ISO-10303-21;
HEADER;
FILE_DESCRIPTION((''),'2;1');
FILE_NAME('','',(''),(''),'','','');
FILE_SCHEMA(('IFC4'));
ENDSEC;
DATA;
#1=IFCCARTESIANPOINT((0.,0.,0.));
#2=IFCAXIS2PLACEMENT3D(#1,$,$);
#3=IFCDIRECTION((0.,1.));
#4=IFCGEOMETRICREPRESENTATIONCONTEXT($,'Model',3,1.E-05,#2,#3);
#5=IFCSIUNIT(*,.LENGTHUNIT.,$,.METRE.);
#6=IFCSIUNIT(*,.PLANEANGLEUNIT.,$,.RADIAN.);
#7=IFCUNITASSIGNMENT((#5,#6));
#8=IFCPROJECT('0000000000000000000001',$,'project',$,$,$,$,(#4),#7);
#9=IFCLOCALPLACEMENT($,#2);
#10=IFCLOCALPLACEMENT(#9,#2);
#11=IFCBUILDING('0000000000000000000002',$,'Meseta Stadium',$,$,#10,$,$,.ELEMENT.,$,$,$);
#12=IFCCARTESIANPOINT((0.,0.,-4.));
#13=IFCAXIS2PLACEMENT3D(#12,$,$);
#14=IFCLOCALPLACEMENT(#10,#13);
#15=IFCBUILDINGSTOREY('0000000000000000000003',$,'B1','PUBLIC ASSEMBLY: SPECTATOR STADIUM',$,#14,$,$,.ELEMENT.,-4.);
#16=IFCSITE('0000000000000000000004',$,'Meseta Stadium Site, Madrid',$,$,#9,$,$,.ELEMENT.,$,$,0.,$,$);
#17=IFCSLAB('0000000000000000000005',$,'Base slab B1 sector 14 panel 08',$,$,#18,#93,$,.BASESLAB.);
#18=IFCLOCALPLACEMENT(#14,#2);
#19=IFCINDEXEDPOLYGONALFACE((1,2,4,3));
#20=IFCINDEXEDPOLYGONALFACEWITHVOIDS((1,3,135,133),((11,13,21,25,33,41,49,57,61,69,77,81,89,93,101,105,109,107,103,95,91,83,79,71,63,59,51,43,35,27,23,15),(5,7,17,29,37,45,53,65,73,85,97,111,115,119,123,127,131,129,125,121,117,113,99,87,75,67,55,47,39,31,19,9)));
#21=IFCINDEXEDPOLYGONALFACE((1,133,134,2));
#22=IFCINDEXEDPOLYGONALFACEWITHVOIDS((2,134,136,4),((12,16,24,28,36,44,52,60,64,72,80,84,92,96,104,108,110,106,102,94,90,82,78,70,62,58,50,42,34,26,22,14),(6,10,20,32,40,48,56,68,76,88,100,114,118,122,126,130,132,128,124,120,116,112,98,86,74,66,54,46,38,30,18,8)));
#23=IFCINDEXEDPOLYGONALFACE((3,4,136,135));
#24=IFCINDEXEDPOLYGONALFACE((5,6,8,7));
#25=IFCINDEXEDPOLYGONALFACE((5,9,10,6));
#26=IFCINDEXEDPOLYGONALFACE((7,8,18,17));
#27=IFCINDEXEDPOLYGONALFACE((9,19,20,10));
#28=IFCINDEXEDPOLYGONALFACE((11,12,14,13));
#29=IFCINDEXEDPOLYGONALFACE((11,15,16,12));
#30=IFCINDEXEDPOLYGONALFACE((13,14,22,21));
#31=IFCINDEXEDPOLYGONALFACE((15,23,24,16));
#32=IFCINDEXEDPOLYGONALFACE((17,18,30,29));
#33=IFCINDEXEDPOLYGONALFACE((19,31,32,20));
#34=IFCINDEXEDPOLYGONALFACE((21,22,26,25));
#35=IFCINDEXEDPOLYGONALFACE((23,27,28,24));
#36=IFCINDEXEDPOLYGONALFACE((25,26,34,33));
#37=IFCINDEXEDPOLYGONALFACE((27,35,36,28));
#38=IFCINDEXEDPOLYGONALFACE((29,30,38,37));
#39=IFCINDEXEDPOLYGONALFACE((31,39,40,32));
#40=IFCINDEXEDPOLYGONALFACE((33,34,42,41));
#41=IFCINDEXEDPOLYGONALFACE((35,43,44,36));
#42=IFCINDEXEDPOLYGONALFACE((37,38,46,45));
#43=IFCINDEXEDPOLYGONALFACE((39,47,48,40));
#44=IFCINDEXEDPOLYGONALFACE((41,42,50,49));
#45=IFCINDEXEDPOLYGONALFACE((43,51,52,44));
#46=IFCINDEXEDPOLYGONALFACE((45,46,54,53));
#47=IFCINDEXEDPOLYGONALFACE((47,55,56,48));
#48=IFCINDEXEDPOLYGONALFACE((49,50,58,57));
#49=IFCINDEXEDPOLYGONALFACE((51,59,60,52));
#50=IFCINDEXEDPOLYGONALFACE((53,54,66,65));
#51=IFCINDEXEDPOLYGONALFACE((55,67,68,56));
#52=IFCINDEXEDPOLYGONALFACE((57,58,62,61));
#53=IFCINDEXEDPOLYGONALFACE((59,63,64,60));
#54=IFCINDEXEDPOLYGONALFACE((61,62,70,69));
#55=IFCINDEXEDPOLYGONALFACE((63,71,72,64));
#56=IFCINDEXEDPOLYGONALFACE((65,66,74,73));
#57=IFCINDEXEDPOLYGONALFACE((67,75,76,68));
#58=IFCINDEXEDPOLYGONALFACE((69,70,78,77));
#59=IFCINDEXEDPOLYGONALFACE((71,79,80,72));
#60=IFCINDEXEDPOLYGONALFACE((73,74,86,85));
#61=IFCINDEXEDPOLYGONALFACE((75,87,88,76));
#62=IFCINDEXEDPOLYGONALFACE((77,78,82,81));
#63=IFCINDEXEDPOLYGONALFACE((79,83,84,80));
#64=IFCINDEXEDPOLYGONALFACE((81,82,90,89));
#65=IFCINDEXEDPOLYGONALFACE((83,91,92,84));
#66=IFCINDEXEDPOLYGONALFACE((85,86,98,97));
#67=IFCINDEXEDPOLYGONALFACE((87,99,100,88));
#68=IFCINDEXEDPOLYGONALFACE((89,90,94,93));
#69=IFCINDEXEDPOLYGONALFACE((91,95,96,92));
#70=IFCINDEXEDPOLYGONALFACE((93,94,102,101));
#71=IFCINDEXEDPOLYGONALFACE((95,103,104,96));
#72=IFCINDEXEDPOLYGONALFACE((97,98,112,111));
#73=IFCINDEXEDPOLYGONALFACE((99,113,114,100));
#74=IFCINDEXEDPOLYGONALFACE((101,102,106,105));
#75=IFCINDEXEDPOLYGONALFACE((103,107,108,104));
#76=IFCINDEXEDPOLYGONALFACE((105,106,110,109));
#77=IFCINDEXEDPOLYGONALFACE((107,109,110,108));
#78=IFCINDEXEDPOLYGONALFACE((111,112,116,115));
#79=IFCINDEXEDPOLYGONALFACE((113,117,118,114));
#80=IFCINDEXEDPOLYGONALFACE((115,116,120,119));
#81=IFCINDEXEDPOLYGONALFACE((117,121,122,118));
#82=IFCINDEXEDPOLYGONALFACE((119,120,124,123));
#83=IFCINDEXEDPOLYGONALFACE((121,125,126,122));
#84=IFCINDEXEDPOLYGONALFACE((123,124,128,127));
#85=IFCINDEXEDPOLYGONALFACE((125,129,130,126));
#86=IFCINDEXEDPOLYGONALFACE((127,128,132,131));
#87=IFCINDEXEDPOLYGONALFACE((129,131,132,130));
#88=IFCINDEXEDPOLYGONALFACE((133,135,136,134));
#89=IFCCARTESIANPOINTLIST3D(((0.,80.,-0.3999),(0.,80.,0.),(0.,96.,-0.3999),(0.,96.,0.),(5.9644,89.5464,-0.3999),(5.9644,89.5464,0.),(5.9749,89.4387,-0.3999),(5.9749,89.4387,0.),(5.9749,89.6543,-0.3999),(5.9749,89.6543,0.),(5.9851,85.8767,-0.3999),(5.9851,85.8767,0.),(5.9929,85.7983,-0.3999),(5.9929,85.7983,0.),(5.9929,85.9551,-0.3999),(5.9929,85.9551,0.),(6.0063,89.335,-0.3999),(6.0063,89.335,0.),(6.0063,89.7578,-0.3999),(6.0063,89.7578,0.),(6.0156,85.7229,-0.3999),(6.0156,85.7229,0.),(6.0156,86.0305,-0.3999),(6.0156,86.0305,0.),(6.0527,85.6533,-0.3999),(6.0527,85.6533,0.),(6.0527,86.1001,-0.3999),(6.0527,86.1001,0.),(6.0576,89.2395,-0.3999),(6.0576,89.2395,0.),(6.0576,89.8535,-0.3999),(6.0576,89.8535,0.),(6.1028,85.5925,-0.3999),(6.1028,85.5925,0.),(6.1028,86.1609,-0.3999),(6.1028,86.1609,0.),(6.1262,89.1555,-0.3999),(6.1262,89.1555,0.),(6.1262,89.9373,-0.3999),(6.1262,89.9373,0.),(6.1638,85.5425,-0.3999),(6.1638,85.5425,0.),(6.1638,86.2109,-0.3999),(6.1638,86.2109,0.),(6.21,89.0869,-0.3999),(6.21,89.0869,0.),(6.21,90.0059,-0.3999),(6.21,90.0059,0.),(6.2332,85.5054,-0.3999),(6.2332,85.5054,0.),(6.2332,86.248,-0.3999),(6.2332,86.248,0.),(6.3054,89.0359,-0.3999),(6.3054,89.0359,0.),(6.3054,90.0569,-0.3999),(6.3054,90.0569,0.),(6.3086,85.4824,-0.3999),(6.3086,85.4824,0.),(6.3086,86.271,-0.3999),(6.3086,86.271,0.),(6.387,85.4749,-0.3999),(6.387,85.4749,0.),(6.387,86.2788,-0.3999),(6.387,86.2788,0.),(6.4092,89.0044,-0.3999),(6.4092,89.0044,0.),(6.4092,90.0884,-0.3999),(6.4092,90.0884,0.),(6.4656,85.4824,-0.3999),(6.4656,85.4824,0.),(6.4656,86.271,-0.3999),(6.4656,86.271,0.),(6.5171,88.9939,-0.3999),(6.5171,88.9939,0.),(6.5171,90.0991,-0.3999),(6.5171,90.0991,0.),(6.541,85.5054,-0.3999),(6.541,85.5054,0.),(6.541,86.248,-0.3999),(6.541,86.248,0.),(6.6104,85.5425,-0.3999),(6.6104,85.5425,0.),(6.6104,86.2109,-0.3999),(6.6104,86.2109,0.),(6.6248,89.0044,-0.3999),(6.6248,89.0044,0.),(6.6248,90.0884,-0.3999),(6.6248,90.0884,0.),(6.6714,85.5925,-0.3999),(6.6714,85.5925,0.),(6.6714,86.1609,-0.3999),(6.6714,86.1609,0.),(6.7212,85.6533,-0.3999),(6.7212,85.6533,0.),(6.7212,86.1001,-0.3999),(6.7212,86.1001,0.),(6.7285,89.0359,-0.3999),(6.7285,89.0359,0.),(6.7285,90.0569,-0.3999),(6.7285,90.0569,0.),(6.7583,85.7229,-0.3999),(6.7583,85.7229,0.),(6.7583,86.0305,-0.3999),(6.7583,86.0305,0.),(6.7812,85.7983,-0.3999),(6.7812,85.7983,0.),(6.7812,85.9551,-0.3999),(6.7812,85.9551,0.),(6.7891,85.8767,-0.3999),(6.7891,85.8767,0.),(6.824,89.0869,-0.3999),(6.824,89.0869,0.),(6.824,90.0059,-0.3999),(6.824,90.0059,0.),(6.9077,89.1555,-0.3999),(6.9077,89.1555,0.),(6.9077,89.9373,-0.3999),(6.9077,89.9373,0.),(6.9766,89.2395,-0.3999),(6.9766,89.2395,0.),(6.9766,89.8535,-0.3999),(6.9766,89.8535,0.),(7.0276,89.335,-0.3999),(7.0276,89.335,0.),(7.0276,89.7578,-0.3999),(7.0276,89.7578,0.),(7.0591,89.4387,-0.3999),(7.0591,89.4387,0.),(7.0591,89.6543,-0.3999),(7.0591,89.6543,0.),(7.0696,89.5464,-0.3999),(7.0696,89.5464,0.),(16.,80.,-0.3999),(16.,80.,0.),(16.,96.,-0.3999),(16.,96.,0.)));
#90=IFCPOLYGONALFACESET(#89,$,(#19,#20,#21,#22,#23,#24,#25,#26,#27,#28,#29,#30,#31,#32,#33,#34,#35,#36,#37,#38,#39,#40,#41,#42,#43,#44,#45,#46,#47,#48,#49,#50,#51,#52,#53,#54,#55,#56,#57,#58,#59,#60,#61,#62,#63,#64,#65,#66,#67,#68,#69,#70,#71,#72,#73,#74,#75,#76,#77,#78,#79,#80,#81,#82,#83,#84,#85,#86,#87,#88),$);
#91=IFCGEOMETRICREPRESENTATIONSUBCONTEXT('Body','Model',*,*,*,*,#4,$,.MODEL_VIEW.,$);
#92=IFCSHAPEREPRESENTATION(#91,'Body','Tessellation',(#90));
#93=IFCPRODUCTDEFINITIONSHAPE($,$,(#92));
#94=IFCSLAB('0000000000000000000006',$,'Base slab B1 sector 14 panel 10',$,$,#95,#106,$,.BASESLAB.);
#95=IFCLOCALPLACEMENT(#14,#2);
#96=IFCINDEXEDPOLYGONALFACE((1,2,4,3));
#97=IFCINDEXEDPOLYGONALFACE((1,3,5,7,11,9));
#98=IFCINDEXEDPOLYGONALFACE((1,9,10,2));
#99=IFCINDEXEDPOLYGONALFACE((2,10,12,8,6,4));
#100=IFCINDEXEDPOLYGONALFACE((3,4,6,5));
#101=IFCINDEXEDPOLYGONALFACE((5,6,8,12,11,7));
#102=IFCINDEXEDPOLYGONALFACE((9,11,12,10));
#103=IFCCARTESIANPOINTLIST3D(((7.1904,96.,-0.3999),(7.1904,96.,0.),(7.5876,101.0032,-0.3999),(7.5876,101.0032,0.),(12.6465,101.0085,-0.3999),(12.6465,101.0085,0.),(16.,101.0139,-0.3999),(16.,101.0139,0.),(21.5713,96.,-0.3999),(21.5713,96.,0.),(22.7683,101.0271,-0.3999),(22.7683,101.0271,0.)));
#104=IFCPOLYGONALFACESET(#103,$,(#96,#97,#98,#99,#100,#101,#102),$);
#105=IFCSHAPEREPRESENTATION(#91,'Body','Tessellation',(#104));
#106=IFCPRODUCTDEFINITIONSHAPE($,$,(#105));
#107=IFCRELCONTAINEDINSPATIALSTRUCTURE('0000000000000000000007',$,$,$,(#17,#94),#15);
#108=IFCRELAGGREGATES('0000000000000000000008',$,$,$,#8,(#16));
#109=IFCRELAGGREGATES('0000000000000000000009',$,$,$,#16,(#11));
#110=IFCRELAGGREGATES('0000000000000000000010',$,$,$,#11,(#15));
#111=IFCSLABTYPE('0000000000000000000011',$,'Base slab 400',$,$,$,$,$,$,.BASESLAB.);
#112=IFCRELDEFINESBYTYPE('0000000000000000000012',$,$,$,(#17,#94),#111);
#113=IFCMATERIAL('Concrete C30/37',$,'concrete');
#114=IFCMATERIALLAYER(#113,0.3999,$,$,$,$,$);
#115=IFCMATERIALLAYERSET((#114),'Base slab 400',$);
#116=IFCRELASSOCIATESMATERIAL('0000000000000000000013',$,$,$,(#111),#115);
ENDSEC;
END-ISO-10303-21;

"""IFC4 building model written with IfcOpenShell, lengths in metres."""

from ifc_helpers import new_model, si_unit, direction, frame, origin, place, context, subcontext, project, spatial, polyline, outline, extrude, material, layer, layer_set, type_object, element, save


model = new_model("IFC4")

# Units and contexts
model_context = context("Model", 3, precision=1e-05, world=origin(), true_north=direction((0.0, 1.0)))
body_context = subcontext(model_context, "Body", "Model", "MODEL_VIEW")
ifc_project = project(units=[si_unit("LENGTHUNIT", "METRE"), si_unit("PLANEANGLEUNIT", "RADIAN")], contexts=[model_context])

# Site, building, storey
site_placement = place(None, origin())
site = spatial("IfcSite", under=ifc_project, at=site_placement, Name="Meseta Stadium Site, Madrid", CompositionType="ELEMENT", RefElevation=0.0)
building_placement = place(site_placement, origin())
building = spatial("IfcBuilding", under=site, at=building_placement, Name="Meseta Stadium", CompositionType="ELEMENT")
storey_placement = place(building_placement, frame((0.0, 0.0, -4.0)))
storey = spatial("IfcBuildingStorey", under=building, at=storey_placement, Name="B1", Description="PUBLIC ASSEMBLY: SPECTATOR STADIUM", CompositionType="ELEMENT", Elevation=-4.0)

# Slabs
ifc_material_1 = material(Name="Concrete C30/37", Category="concrete")
ifc_layer = layer(ifc_material_1, 0.3999)
ifc_layer_set = layer_set([ifc_layer], Name="Base slab 400")
slab_type = type_object("IfcSlabType", Name="Base slab 400", PredefinedType="BASESLAB", material=ifc_layer_set)
slab_1_placement = place(storey_placement, frame((0.0, 0.0, -0.3999)))
element("IfcSlab", 1, at=slab_1_placement, inside=storey, type_object=slab_type, Name="Base slab B1 sector 14 panel 08", PredefinedType="BASESLAB", context=body_context, shape_type="SweptSolid", body=[
    extrude(outline(polyline([(0.0, 96.0), (0.0, 80.0), (16.0, 80.0), (16.0, 96.0), (0.0, 96.0)]), holes=[polyline([(6.1638, 86.2109), (6.2332, 86.248), (6.3086, 86.271), (6.387, 86.2788), (6.4656, 86.271), (6.541, 86.248), (6.6104, 86.2109), (6.6714, 86.1609), (6.7212, 86.1001), (6.7583, 86.0305), (6.7812, 85.9551), (6.7891, 85.8767), (6.7812, 85.7983), (6.7583, 85.7229), (6.7212, 85.6533), (6.6714, 85.5925), (6.6104, 85.5425), (6.541, 85.5054), (6.4656, 85.4824), (6.387, 85.4749), (6.3086, 85.4824), (6.2332, 85.5054), (6.1638, 85.5425), (6.1028, 85.5925), (6.0527, 85.6533), (6.0156, 85.7229), (5.9929, 85.7983), (5.9851, 85.8767), (5.9929, 85.9551), (6.0156, 86.0305), (6.0527, 86.1001), (6.1028, 86.1609), (6.1638, 86.2109)]), polyline([(6.5171, 90.0991), (6.6248, 90.0884), (6.7285, 90.0569), (6.824, 90.0059), (6.9077, 89.9373), (6.9766, 89.8535), (7.0276, 89.7578), (7.0591, 89.6543), (7.0696, 89.5464), (7.0591, 89.4387), (7.0276, 89.335), (6.9766, 89.2395), (6.9077, 89.1555), (6.824, 89.0869), (6.7285, 89.0359), (6.6248, 89.0044), (6.5171, 88.9939), (6.4092, 89.0044), (6.3054, 89.0359), (6.21, 89.0869), (6.1262, 89.1555), (6.0576, 89.2395), (6.0063, 89.335), (5.9749, 89.4387), (5.9644, 89.5464), (5.9749, 89.6543), (6.0063, 89.7578), (6.0576, 89.8535), (6.1262, 89.9373), (6.21, 90.0059), (6.3054, 90.0569), (6.4092, 90.0884), (6.5171, 90.0991)])]), origin(), (0.0, 0.0, 1.0), 0.3999),
])
slab_2_placement = place(storey_placement, frame((0.0, 0.0, -0.3999)))
element("IfcSlab", 2, at=slab_2_placement, inside=storey, type_object=slab_type, Name="Base slab B1 sector 14 panel 10", PredefinedType="BASESLAB", context=body_context, shape_type="SweptSolid", body=[
    extrude(outline(polyline([(22.7683, 101.0271), (16.0, 101.0139), (12.6465, 101.0085), (7.5876, 101.0032), (7.1904, 96.0), (21.5713, 96.0), (22.7683, 101.0271)])), origin(), (0.0, 0.0, 1.0), 0.3999),
])

save(model, "model.ifc")
